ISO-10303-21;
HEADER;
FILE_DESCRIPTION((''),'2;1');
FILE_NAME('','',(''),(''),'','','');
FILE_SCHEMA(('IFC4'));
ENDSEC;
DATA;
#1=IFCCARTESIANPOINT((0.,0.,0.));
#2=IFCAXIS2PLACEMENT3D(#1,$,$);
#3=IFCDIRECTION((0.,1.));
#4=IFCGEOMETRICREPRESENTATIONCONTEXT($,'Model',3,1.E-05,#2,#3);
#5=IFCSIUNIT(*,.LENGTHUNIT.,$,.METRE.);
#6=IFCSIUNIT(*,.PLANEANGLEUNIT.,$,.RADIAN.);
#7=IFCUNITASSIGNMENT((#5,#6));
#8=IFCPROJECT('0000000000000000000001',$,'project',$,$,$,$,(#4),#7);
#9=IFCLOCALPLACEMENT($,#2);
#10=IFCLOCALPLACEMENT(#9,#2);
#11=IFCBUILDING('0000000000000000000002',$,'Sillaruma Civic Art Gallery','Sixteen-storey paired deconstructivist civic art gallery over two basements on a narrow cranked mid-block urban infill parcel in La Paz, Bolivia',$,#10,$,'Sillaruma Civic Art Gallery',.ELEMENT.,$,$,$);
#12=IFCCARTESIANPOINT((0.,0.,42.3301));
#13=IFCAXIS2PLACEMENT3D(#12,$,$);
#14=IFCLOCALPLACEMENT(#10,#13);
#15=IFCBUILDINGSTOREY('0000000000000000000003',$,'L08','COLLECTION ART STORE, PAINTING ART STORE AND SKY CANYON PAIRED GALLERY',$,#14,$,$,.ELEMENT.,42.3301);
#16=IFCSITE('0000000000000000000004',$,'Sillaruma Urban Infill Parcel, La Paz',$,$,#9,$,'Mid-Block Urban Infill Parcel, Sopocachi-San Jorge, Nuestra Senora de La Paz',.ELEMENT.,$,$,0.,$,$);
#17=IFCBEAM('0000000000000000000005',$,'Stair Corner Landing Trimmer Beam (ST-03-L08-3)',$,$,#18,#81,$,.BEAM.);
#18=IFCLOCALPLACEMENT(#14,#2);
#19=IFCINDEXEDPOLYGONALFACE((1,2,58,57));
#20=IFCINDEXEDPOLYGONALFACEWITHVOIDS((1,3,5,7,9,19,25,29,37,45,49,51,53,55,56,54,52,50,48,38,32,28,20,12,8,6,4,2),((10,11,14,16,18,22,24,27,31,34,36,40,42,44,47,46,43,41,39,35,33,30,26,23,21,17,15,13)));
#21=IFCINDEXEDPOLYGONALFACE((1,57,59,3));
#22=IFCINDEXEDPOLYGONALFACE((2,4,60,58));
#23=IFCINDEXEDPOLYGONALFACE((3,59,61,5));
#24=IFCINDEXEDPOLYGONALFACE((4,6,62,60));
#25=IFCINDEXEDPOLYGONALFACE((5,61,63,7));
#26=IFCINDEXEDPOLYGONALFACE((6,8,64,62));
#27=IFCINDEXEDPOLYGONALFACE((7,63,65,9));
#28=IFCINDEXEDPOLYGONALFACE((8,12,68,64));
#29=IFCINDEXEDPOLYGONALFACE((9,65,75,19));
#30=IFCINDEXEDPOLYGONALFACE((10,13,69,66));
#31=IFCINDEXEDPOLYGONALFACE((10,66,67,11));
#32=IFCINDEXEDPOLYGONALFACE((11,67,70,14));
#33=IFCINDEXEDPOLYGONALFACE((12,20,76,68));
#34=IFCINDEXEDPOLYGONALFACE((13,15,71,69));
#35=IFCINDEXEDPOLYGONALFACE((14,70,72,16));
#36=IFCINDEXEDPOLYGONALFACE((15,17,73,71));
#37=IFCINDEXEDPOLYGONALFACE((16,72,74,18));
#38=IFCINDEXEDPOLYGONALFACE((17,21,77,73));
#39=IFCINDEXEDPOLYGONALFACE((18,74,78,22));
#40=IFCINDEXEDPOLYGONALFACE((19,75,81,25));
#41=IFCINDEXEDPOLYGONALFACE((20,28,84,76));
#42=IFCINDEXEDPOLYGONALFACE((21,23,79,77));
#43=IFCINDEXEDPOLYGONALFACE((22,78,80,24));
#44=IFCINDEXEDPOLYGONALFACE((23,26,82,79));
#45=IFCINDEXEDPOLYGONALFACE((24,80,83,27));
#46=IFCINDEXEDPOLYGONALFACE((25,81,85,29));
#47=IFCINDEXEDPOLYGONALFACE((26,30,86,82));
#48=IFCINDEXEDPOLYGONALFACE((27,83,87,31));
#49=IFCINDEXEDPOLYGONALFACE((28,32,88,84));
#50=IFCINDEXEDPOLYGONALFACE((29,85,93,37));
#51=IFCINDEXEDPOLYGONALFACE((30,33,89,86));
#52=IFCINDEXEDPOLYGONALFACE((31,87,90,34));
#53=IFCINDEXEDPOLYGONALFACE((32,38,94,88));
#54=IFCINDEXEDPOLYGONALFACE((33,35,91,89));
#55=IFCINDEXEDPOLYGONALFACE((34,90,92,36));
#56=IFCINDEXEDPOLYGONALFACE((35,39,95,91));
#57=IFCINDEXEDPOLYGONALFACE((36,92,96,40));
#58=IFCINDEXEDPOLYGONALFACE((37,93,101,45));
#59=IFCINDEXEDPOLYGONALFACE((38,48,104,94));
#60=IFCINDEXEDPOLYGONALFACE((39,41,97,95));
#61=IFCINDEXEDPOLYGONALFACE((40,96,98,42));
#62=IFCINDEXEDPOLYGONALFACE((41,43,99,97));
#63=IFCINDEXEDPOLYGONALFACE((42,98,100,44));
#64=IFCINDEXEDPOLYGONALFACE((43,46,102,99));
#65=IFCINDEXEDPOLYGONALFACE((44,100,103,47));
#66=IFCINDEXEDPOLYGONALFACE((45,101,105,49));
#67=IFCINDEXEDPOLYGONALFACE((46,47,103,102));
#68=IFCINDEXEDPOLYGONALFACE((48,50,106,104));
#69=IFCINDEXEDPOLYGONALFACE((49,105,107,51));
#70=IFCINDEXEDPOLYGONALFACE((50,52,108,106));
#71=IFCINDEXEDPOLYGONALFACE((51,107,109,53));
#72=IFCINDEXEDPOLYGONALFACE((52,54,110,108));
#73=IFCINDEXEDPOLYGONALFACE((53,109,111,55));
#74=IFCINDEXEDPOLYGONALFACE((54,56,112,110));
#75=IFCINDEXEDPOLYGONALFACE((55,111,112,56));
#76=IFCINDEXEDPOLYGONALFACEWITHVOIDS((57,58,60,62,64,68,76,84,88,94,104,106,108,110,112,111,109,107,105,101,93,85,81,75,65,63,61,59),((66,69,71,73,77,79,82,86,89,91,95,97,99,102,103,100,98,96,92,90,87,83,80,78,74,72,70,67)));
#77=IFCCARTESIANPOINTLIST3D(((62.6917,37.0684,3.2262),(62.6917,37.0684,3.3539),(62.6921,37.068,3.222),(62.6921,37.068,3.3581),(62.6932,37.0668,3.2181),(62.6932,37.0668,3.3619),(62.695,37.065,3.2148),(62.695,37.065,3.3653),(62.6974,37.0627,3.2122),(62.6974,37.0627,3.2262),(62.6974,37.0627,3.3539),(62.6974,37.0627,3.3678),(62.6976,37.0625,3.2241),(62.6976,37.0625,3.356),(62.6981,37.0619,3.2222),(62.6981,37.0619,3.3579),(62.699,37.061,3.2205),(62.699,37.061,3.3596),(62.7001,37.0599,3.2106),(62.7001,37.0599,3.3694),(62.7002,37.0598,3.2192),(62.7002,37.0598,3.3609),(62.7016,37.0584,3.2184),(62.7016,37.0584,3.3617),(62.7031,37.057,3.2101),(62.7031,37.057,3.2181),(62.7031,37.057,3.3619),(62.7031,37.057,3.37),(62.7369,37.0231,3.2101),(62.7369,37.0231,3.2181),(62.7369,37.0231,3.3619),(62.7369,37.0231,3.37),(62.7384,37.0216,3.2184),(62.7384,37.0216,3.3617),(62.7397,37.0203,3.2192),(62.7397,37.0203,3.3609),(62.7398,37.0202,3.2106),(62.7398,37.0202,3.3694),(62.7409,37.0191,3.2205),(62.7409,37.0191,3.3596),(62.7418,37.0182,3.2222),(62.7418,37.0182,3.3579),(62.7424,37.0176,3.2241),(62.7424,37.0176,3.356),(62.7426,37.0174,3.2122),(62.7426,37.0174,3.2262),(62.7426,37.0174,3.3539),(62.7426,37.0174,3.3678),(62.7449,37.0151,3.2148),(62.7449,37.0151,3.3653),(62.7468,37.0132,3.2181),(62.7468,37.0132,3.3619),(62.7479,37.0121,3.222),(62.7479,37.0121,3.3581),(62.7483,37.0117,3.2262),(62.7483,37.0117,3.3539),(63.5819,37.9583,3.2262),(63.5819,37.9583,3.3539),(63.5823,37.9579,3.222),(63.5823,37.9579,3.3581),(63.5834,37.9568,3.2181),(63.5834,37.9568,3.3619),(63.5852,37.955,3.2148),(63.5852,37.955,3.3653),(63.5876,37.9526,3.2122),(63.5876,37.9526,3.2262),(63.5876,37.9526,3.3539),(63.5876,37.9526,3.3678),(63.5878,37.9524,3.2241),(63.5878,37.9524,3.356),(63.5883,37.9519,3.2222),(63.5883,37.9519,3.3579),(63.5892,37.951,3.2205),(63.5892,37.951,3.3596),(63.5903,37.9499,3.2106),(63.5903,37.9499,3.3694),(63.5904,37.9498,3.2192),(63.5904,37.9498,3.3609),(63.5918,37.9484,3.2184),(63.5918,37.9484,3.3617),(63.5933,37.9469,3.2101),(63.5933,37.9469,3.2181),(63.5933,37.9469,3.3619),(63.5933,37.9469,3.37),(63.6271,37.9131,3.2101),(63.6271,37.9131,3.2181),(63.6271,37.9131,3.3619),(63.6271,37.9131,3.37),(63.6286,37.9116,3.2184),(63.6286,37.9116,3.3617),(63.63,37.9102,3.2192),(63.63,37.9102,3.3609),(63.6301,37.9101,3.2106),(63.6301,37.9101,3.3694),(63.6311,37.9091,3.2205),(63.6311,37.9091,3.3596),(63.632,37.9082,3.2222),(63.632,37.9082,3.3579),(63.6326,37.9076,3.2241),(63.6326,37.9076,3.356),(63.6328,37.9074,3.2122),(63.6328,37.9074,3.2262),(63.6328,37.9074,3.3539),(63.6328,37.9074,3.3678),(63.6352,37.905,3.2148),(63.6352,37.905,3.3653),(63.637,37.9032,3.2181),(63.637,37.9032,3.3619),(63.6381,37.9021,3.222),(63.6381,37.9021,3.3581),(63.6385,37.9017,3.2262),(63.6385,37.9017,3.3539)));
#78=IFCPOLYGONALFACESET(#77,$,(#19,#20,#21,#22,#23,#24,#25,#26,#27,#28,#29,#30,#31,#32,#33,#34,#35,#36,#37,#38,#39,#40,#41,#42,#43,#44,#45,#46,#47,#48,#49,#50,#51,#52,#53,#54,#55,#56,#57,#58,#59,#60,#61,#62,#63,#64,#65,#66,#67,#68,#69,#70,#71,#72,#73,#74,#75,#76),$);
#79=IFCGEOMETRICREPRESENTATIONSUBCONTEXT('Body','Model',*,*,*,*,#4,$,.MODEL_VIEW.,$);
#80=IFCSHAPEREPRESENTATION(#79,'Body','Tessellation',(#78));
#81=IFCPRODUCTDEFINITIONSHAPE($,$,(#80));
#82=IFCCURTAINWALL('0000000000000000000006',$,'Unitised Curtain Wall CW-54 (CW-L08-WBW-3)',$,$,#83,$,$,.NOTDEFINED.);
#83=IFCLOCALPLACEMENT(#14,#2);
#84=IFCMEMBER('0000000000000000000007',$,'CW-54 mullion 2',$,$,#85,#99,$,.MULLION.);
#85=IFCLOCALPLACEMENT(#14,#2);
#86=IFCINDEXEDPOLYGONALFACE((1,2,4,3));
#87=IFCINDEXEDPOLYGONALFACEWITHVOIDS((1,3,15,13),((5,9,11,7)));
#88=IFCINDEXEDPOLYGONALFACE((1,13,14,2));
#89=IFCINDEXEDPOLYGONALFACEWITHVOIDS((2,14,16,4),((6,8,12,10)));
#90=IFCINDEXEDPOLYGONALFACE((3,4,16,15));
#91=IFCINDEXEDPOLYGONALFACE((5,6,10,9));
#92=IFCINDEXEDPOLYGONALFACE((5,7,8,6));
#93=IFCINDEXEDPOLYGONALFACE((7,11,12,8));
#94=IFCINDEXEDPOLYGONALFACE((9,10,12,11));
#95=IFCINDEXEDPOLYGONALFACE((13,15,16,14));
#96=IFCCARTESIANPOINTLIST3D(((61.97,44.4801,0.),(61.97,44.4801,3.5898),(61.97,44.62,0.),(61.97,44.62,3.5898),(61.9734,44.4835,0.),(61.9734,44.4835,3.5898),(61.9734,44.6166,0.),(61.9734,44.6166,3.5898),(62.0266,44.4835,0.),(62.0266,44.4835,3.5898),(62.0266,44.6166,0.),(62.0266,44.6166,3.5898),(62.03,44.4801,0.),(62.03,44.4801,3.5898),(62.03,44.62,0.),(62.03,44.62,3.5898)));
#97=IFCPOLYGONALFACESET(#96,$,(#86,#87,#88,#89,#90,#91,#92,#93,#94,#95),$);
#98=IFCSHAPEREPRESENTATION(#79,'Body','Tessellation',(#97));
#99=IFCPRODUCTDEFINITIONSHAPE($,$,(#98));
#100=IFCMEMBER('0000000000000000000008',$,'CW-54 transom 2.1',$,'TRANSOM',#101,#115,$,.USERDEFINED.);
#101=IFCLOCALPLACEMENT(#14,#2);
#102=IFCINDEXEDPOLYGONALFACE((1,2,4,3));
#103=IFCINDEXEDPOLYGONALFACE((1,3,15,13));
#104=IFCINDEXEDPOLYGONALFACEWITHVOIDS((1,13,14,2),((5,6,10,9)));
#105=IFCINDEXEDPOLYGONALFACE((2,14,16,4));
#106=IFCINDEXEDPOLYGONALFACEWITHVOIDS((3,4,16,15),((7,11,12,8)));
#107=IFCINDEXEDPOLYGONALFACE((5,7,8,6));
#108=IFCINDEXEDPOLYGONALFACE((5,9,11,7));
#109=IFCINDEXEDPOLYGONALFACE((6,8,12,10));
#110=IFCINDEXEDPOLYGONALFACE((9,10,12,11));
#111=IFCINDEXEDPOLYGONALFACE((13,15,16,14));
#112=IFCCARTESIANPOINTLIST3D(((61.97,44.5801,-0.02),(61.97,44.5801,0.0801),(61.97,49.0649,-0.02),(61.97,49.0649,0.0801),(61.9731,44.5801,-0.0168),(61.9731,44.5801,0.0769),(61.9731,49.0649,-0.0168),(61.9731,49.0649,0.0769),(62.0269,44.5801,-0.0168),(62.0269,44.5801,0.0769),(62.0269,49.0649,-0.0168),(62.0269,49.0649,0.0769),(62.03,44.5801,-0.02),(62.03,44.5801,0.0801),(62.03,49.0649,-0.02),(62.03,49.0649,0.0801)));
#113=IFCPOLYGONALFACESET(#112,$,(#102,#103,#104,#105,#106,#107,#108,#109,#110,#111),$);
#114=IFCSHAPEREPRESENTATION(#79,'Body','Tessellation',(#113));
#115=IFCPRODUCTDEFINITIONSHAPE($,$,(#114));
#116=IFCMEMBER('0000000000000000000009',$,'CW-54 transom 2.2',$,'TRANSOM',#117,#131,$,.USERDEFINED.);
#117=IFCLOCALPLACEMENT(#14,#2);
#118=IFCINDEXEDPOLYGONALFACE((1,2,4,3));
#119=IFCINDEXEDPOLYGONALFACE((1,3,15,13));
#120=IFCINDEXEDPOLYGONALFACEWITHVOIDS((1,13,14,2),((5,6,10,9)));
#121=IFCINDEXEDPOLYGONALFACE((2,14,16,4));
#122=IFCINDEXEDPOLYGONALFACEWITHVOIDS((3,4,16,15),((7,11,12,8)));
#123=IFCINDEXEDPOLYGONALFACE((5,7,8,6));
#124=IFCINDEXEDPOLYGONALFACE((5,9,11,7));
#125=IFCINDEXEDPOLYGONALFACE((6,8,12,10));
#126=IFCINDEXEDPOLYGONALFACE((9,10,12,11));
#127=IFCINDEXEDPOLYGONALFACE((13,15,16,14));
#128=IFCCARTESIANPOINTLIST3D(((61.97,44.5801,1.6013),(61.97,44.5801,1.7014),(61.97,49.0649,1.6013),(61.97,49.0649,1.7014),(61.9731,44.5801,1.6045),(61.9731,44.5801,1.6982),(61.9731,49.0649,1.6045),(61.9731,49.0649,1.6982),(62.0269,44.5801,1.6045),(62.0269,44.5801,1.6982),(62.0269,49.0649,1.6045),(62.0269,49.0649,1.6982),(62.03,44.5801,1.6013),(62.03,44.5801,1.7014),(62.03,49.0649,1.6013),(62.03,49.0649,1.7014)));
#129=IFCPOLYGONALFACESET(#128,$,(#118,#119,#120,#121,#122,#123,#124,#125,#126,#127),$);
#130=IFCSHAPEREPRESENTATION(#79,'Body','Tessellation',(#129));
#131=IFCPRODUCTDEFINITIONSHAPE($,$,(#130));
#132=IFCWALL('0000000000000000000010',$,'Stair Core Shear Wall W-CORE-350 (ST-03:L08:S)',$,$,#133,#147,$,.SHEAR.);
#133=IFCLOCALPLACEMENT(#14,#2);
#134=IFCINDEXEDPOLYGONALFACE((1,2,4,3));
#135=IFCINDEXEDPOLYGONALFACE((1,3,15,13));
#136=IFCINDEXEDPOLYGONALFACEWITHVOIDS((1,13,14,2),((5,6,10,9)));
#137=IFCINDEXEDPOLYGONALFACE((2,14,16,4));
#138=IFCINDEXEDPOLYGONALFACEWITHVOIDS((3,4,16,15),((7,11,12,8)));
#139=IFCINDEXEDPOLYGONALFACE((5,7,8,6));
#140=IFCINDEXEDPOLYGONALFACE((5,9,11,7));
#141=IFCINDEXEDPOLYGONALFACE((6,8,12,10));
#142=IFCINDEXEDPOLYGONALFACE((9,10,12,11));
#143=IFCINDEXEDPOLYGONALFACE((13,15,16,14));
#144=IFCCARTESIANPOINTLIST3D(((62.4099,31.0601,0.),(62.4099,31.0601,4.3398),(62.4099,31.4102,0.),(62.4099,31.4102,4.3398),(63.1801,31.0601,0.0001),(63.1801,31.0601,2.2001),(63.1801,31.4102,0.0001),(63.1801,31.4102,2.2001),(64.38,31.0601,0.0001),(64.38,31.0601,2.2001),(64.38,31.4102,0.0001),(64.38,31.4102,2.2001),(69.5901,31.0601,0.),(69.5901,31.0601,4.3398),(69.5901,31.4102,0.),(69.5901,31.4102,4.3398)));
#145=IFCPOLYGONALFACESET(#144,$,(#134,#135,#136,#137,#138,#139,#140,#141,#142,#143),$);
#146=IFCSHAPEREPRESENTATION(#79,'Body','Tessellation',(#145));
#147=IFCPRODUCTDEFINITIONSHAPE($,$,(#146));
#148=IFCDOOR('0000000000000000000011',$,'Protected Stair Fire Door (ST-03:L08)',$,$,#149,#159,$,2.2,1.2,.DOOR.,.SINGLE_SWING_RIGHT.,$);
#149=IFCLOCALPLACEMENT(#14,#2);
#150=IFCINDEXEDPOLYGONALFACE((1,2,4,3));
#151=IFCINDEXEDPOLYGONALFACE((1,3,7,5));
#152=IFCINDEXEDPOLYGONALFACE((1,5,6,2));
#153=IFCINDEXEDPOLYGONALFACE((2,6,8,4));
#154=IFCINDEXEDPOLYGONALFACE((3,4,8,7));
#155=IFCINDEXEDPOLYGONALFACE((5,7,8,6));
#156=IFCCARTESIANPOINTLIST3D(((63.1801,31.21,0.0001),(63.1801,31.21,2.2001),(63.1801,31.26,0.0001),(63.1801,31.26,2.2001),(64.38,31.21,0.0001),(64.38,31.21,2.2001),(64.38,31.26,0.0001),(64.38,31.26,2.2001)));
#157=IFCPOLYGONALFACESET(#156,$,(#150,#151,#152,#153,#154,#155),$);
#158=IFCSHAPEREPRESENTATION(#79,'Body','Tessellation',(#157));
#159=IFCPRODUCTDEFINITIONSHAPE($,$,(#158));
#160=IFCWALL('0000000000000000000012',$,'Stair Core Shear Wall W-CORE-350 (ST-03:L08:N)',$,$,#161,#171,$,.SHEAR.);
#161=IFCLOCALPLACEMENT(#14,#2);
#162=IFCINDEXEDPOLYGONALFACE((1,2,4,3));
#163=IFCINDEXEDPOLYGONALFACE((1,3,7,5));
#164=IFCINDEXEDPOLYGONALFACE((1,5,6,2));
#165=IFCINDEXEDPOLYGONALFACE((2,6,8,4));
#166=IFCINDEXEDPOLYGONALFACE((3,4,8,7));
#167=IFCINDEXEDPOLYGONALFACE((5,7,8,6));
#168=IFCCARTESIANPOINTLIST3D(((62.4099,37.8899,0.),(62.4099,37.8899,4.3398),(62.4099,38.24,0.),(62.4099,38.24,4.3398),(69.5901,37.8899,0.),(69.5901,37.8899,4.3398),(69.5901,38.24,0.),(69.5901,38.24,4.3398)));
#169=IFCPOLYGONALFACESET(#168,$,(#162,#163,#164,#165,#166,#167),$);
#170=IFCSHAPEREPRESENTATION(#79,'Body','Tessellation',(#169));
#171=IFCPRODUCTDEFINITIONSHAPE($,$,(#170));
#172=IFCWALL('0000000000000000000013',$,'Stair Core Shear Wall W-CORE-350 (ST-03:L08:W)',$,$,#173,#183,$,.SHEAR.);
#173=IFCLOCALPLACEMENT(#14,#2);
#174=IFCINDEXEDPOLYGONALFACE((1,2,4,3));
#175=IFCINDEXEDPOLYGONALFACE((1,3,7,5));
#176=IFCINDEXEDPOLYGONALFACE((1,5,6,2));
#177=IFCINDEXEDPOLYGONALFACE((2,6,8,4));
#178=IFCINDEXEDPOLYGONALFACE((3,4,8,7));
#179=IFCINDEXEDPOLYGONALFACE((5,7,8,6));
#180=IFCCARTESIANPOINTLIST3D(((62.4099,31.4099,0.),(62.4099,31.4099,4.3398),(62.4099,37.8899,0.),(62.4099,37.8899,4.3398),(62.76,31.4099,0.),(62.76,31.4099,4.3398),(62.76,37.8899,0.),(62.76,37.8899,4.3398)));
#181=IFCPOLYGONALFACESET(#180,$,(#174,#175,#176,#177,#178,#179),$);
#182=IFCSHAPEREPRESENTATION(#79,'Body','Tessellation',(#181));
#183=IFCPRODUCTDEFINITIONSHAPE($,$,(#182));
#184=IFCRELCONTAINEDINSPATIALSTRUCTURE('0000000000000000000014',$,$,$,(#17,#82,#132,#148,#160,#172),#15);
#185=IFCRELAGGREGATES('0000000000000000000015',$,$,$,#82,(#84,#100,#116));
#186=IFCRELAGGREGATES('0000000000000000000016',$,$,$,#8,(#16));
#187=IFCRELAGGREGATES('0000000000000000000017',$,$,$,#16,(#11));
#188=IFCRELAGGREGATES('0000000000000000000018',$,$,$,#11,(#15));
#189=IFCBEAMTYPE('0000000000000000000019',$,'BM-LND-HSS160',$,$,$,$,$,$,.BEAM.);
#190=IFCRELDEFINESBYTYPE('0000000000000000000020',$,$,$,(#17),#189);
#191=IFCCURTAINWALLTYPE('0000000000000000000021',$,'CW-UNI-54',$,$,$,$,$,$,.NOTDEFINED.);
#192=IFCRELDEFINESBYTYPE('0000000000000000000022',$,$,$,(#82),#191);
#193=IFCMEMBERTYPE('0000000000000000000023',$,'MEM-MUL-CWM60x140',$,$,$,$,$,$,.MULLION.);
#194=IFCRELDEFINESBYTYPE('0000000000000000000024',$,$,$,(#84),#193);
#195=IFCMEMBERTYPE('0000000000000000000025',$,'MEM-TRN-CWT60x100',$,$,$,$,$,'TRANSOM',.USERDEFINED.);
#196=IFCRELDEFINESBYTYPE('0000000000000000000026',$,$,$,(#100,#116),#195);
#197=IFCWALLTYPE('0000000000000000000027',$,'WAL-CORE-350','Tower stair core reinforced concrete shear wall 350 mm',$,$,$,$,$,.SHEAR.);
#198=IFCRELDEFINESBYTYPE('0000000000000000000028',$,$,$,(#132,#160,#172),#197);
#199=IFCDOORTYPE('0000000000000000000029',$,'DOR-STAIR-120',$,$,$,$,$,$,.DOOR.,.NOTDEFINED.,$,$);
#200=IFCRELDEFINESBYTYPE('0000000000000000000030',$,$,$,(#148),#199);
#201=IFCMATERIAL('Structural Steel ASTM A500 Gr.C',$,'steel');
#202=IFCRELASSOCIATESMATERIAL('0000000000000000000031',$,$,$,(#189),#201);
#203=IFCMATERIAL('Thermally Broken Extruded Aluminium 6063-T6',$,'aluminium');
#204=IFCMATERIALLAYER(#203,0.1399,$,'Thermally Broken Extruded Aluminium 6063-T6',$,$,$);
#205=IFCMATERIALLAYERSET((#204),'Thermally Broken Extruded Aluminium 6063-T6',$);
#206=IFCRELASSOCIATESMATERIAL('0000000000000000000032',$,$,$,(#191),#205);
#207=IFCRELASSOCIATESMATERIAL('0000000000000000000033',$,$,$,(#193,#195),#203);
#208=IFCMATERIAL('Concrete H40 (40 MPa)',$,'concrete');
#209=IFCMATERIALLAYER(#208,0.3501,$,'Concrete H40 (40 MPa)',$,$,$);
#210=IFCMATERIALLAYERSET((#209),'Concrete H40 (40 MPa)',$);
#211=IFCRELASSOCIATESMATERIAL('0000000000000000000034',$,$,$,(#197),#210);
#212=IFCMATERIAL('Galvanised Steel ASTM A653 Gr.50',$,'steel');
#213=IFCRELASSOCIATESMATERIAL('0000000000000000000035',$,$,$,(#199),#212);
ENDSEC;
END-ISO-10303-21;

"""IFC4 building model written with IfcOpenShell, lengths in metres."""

from ifc_helpers import new_model, si_unit, direction, frame, frame_2d, origin, origin_2d, place, context, subcontext, project, spatial, rectangle, hollow_rectangle, extrude, material, layer, layer_set, material_profile, profile_set, type_object, element, fill, aggregate, save


model = new_model("IFC4")

# Units and contexts
model_context = context("Model", 3, precision=1e-05, world=origin(), true_north=direction((0.0, 1.0)))
body_context = subcontext(model_context, "Body", "Model", "MODEL_VIEW")
ifc_project = project(units=[si_unit("LENGTHUNIT", "METRE"), si_unit("PLANEANGLEUNIT", "RADIAN")], contexts=[model_context])

# Site, building, storey
site_placement = place(None, origin())
site = spatial("IfcSite", under=ifc_project, at=site_placement, Name="Sillaruma Urban Infill Parcel, La Paz", LongName="Mid-Block Urban Infill Parcel, Sopocachi-San Jorge, Nuestra Senora de La Paz", CompositionType="ELEMENT", RefElevation=0.0)
building_placement = place(site_placement, origin())
building = spatial("IfcBuilding", under=site, at=building_placement, Name="Sillaruma Civic Art Gallery", Description="Sixteen-storey paired deconstructivist civic art gallery over two basements on a narrow cranked mid-block urban infill parcel in La Paz, Bolivia", LongName="Sillaruma Civic Art Gallery", CompositionType="ELEMENT")
storey_placement = place(building_placement, frame((0.0, 0.0, 42.3301)))
storey = spatial("IfcBuildingStorey", under=building, at=storey_placement, Name="L08", Description="COLLECTION ART STORE, PAINTING ART STORE AND SKY CANYON PAIRED GALLERY", CompositionType="ELEMENT", Elevation=42.3301)

# Beam
ifc_material_1 = material(Name="Structural Steel ASTM A500 Gr.C", Category="steel")
ifc_material_profile_1 = material_profile(ifc_material_1, hollow_rectangle(XDim=0.0801, YDim=0.1599, WallThickness=0.0081, InnerFilletRadius=0.0081, OuterFilletRadius=0.0161, at=origin_2d()), Name="HSS160x80x8")
ifc_profile_set_1 = profile_set([ifc_material_profile_1], Name="Structural Steel ASTM A500 Gr.C")
beam_type = type_object("IfcBeamType", Name="BM-LND-HSS160", PredefinedType="BEAM", material=ifc_profile_set_1)
beam_placement = place(storey_placement, frame((62.72, 37.04, 3.29), z_axis=(0.707204, 0.70701, 0.0), x_axis=(-0.70701, 0.707204, 0.0)))
element("IfcBeam", 1, at=beam_placement, inside=storey, type_object=beam_type, Name="Stair Corner Landing Trimmer Beam (ST-03-L08-3)", PredefinedType="BEAM", context=body_context, shape_type="SweptSolid", body=[
    extrude(hollow_rectangle(XDim=0.0801, YDim=0.1599, WallThickness=0.0081, InnerFilletRadius=0.0081, OuterFilletRadius=0.0161, at=origin_2d()), origin(), (0.0, 0.0, 1.0), 1.2588),
])

# Curtain wall, members
ifc_material_2 = material(Name="Thermally Broken Extruded Aluminium 6063-T6", Category="aluminium")
ifc_layer_1 = layer(ifc_material_2, 0.1399, Name="Thermally Broken Extruded Aluminium 6063-T6")
ifc_layer_set_1 = layer_set([ifc_layer_1], Name="Thermally Broken Extruded Aluminium 6063-T6")
curtain_wall_type = type_object("IfcCurtainWallType", Name="CW-UNI-54", PredefinedType="NOTDEFINED", material=ifc_layer_set_1)
curtain_wall_placement = place(storey_placement, origin())
curtain_wall = element("IfcCurtainWall", 2, at=curtain_wall_placement, inside=storey, type_object=curtain_wall_type, Name="Unitised Curtain Wall CW-54 (CW-L08-WBW-3)", PredefinedType="NOTDEFINED")
ifc_material_profile_2 = material_profile(ifc_material_2, hollow_rectangle(XDim=0.0601, YDim=0.1399, WallThickness=0.0034, at=origin_2d()), Name="CWM60x140")
ifc_profile_set_2 = profile_set([ifc_material_profile_2], Name="Thermally Broken Extruded Aluminium 6063-T6")
member_type_1 = type_object("IfcMemberType", Name="MEM-MUL-CWM60x140", PredefinedType="MULLION", material=ifc_profile_set_2)
member_1_placement = place(storey_placement, frame((62.0, 44.55, 0.0), z_axis=(0.0, 0.0, 1.0), x_axis=(-1.0, 0.0, 0.0)))
member_1 = element("IfcMember", 3, at=member_1_placement, type_object=member_type_1, Name="CW-54 mullion 2", PredefinedType="MULLION", context=body_context, shape_type="SweptSolid", body=[
    extrude(hollow_rectangle(XDim=0.0601, YDim=0.1399, WallThickness=0.0034, at=origin_2d()), origin(), (0.0, 0.0, 1.0), 3.5898),
])
ifc_material_profile_3 = material_profile(ifc_material_2, hollow_rectangle(XDim=0.0601, YDim=0.1001, WallThickness=0.0032, at=origin_2d()), Name="CWT60x100")
ifc_profile_set_3 = profile_set([ifc_material_profile_3], Name="Thermally Broken Extruded Aluminium 6063-T6")
member_type_2 = type_object("IfcMemberType", Name="MEM-TRN-CWT60x100", ElementType="TRANSOM", PredefinedType="USERDEFINED", material=ifc_profile_set_3)
member_2_placement = place(storey_placement, frame((62.0, 44.5801, 0.03), z_axis=(0.0, 1.0, 0.0), x_axis=(-1.0, 0.0, 0.0)))
member_2 = element("IfcMember", 4, at=member_2_placement, type_object=member_type_2, Name="CW-54 transom 2.1", ObjectType="TRANSOM", PredefinedType="USERDEFINED", context=body_context, shape_type="SweptSolid", body=[
    extrude(hollow_rectangle(XDim=0.0601, YDim=0.1001, WallThickness=0.0032, at=origin_2d()), origin(), (0.0, 0.0, 1.0), 4.4849),
])
member_3_placement = place(storey_placement, frame((62.0, 44.5801, 1.6514), z_axis=(0.0, 1.0, 0.0), x_axis=(-1.0, 0.0, 0.0)))
member_3 = element("IfcMember", 5, at=member_3_placement, type_object=member_type_2, Name="CW-54 transom 2.2", ObjectType="TRANSOM", PredefinedType="USERDEFINED", context=body_context, shape_type="SweptSolid", body=[
    extrude(hollow_rectangle(XDim=0.0601, YDim=0.1001, WallThickness=0.0032, at=origin_2d()), origin(), (0.0, 0.0, 1.0), 4.4849),
])
aggregate(curtain_wall, [member_1, member_2, member_3])

# Wall, opening, door
ifc_material_3 = material(Name="Concrete H40 (40 MPa)", Category="concrete")
ifc_layer_2 = layer(ifc_material_3, 0.3501, Name="Concrete H40 (40 MPa)")
ifc_layer_set_2 = layer_set([ifc_layer_2], Name="Concrete H40 (40 MPa)")
wall_type_1 = type_object("IfcWallType", Name="WAL-CORE-350", Description="Tower stair core reinforced concrete shear wall 350 mm", PredefinedType="SHEAR", material=ifc_layer_set_2)
wall_1_placement = place(storey_placement, frame((62.4099, 31.2351, 0.0), z_axis=(0.0, 0.0, 1.0), x_axis=(1.0, 0.0, 0.0)))
wall_1 = element("IfcWall", 6, at=wall_1_placement, inside=storey, type_object=wall_type_1, Name="Stair Core Shear Wall W-CORE-350 (ST-03:L08:S)", PredefinedType="SHEAR", context=body_context, shape_type="SweptSolid", body=[
    extrude(rectangle(XDim=7.1802, YDim=0.3501, at=frame_2d((3.5901, 0.0))), origin(), (0.0, 0.0, 1.0), 4.3398),
])
opening_1_placement = place(wall_1_placement, frame((0.77, 0.0, 0.0)))
opening_1 = element("IfcOpeningElement", 7, at=opening_1_placement, cuts=wall_1, PredefinedType="OPENING", context=body_context, shape_type="SweptSolid", body=[
    extrude(rectangle(XDim=1.2, YDim=2.2, at=frame_2d((0.6001, 1.1001))), frame((0.0, 0.1851, 0.0), z_axis=(0.0, -1.0, 0.0), x_axis=(1.0, 0.0, 0.0)), (0.0, 0.0, 1.0), 0.3701),
])
ifc_material_4 = material(Name="Galvanised Steel ASTM A653 Gr.50", Category="steel")
door_type_1 = type_object("IfcDoorType", Name="DOR-STAIR-120", OperationType="NOTDEFINED", PredefinedType="DOOR", material=ifc_material_4)
door_1_placement = place(opening_1_placement, origin())
door_1 = element("IfcDoor", 8, at=door_1_placement, inside=storey, type_object=door_type_1, Name="Protected Stair Fire Door (ST-03:L08)", OperationType="SINGLE_SWING_RIGHT", OverallHeight=2.2, OverallWidth=1.2, PredefinedType="DOOR", context=body_context, shape_type="SweptSolid", body=[
    extrude(rectangle(XDim=1.2, YDim=2.2, at=frame_2d((0.6001, 1.1001))), frame((0.0, 0.0249, 0.0), z_axis=(0.0, -1.0, 0.0), x_axis=(1.0, 0.0, 0.0)), (0.0, 0.0, 1.0), 0.05),
])
fill(opening_1, door_1)

# Walls
wall_2_placement = place(storey_placement, frame((62.4099, 38.0649, 0.0), z_axis=(0.0, 0.0, 1.0), x_axis=(1.0, 0.0, 0.0)))
element("IfcWall", 9, at=wall_2_placement, inside=storey, type_object=wall_type_1, Name="Stair Core Shear Wall W-CORE-350 (ST-03:L08:N)", PredefinedType="SHEAR", context=body_context, shape_type="SweptSolid", body=[
    extrude(rectangle(XDim=7.1802, YDim=0.3501, at=frame_2d((3.5901, 0.0))), origin(), (0.0, 0.0, 1.0), 4.3398),
])
wall_3_placement = place(storey_placement, frame((62.585, 31.4099, 0.0), z_axis=(0.0, 0.0, 1.0), x_axis=(0.0, 1.0, 0.0)))
element("IfcWall", 10, at=wall_3_placement, inside=storey, type_object=wall_type_1, Name="Stair Core Shear Wall W-CORE-350 (ST-03:L08:W)", PredefinedType="SHEAR", context=body_context, shape_type="SweptSolid", body=[
    extrude(rectangle(XDim=6.48, YDim=0.3501, at=frame_2d((3.24, 0.0))), origin(), (0.0, 0.0, 1.0), 4.3398),
])

save(model, "model.ifc")
